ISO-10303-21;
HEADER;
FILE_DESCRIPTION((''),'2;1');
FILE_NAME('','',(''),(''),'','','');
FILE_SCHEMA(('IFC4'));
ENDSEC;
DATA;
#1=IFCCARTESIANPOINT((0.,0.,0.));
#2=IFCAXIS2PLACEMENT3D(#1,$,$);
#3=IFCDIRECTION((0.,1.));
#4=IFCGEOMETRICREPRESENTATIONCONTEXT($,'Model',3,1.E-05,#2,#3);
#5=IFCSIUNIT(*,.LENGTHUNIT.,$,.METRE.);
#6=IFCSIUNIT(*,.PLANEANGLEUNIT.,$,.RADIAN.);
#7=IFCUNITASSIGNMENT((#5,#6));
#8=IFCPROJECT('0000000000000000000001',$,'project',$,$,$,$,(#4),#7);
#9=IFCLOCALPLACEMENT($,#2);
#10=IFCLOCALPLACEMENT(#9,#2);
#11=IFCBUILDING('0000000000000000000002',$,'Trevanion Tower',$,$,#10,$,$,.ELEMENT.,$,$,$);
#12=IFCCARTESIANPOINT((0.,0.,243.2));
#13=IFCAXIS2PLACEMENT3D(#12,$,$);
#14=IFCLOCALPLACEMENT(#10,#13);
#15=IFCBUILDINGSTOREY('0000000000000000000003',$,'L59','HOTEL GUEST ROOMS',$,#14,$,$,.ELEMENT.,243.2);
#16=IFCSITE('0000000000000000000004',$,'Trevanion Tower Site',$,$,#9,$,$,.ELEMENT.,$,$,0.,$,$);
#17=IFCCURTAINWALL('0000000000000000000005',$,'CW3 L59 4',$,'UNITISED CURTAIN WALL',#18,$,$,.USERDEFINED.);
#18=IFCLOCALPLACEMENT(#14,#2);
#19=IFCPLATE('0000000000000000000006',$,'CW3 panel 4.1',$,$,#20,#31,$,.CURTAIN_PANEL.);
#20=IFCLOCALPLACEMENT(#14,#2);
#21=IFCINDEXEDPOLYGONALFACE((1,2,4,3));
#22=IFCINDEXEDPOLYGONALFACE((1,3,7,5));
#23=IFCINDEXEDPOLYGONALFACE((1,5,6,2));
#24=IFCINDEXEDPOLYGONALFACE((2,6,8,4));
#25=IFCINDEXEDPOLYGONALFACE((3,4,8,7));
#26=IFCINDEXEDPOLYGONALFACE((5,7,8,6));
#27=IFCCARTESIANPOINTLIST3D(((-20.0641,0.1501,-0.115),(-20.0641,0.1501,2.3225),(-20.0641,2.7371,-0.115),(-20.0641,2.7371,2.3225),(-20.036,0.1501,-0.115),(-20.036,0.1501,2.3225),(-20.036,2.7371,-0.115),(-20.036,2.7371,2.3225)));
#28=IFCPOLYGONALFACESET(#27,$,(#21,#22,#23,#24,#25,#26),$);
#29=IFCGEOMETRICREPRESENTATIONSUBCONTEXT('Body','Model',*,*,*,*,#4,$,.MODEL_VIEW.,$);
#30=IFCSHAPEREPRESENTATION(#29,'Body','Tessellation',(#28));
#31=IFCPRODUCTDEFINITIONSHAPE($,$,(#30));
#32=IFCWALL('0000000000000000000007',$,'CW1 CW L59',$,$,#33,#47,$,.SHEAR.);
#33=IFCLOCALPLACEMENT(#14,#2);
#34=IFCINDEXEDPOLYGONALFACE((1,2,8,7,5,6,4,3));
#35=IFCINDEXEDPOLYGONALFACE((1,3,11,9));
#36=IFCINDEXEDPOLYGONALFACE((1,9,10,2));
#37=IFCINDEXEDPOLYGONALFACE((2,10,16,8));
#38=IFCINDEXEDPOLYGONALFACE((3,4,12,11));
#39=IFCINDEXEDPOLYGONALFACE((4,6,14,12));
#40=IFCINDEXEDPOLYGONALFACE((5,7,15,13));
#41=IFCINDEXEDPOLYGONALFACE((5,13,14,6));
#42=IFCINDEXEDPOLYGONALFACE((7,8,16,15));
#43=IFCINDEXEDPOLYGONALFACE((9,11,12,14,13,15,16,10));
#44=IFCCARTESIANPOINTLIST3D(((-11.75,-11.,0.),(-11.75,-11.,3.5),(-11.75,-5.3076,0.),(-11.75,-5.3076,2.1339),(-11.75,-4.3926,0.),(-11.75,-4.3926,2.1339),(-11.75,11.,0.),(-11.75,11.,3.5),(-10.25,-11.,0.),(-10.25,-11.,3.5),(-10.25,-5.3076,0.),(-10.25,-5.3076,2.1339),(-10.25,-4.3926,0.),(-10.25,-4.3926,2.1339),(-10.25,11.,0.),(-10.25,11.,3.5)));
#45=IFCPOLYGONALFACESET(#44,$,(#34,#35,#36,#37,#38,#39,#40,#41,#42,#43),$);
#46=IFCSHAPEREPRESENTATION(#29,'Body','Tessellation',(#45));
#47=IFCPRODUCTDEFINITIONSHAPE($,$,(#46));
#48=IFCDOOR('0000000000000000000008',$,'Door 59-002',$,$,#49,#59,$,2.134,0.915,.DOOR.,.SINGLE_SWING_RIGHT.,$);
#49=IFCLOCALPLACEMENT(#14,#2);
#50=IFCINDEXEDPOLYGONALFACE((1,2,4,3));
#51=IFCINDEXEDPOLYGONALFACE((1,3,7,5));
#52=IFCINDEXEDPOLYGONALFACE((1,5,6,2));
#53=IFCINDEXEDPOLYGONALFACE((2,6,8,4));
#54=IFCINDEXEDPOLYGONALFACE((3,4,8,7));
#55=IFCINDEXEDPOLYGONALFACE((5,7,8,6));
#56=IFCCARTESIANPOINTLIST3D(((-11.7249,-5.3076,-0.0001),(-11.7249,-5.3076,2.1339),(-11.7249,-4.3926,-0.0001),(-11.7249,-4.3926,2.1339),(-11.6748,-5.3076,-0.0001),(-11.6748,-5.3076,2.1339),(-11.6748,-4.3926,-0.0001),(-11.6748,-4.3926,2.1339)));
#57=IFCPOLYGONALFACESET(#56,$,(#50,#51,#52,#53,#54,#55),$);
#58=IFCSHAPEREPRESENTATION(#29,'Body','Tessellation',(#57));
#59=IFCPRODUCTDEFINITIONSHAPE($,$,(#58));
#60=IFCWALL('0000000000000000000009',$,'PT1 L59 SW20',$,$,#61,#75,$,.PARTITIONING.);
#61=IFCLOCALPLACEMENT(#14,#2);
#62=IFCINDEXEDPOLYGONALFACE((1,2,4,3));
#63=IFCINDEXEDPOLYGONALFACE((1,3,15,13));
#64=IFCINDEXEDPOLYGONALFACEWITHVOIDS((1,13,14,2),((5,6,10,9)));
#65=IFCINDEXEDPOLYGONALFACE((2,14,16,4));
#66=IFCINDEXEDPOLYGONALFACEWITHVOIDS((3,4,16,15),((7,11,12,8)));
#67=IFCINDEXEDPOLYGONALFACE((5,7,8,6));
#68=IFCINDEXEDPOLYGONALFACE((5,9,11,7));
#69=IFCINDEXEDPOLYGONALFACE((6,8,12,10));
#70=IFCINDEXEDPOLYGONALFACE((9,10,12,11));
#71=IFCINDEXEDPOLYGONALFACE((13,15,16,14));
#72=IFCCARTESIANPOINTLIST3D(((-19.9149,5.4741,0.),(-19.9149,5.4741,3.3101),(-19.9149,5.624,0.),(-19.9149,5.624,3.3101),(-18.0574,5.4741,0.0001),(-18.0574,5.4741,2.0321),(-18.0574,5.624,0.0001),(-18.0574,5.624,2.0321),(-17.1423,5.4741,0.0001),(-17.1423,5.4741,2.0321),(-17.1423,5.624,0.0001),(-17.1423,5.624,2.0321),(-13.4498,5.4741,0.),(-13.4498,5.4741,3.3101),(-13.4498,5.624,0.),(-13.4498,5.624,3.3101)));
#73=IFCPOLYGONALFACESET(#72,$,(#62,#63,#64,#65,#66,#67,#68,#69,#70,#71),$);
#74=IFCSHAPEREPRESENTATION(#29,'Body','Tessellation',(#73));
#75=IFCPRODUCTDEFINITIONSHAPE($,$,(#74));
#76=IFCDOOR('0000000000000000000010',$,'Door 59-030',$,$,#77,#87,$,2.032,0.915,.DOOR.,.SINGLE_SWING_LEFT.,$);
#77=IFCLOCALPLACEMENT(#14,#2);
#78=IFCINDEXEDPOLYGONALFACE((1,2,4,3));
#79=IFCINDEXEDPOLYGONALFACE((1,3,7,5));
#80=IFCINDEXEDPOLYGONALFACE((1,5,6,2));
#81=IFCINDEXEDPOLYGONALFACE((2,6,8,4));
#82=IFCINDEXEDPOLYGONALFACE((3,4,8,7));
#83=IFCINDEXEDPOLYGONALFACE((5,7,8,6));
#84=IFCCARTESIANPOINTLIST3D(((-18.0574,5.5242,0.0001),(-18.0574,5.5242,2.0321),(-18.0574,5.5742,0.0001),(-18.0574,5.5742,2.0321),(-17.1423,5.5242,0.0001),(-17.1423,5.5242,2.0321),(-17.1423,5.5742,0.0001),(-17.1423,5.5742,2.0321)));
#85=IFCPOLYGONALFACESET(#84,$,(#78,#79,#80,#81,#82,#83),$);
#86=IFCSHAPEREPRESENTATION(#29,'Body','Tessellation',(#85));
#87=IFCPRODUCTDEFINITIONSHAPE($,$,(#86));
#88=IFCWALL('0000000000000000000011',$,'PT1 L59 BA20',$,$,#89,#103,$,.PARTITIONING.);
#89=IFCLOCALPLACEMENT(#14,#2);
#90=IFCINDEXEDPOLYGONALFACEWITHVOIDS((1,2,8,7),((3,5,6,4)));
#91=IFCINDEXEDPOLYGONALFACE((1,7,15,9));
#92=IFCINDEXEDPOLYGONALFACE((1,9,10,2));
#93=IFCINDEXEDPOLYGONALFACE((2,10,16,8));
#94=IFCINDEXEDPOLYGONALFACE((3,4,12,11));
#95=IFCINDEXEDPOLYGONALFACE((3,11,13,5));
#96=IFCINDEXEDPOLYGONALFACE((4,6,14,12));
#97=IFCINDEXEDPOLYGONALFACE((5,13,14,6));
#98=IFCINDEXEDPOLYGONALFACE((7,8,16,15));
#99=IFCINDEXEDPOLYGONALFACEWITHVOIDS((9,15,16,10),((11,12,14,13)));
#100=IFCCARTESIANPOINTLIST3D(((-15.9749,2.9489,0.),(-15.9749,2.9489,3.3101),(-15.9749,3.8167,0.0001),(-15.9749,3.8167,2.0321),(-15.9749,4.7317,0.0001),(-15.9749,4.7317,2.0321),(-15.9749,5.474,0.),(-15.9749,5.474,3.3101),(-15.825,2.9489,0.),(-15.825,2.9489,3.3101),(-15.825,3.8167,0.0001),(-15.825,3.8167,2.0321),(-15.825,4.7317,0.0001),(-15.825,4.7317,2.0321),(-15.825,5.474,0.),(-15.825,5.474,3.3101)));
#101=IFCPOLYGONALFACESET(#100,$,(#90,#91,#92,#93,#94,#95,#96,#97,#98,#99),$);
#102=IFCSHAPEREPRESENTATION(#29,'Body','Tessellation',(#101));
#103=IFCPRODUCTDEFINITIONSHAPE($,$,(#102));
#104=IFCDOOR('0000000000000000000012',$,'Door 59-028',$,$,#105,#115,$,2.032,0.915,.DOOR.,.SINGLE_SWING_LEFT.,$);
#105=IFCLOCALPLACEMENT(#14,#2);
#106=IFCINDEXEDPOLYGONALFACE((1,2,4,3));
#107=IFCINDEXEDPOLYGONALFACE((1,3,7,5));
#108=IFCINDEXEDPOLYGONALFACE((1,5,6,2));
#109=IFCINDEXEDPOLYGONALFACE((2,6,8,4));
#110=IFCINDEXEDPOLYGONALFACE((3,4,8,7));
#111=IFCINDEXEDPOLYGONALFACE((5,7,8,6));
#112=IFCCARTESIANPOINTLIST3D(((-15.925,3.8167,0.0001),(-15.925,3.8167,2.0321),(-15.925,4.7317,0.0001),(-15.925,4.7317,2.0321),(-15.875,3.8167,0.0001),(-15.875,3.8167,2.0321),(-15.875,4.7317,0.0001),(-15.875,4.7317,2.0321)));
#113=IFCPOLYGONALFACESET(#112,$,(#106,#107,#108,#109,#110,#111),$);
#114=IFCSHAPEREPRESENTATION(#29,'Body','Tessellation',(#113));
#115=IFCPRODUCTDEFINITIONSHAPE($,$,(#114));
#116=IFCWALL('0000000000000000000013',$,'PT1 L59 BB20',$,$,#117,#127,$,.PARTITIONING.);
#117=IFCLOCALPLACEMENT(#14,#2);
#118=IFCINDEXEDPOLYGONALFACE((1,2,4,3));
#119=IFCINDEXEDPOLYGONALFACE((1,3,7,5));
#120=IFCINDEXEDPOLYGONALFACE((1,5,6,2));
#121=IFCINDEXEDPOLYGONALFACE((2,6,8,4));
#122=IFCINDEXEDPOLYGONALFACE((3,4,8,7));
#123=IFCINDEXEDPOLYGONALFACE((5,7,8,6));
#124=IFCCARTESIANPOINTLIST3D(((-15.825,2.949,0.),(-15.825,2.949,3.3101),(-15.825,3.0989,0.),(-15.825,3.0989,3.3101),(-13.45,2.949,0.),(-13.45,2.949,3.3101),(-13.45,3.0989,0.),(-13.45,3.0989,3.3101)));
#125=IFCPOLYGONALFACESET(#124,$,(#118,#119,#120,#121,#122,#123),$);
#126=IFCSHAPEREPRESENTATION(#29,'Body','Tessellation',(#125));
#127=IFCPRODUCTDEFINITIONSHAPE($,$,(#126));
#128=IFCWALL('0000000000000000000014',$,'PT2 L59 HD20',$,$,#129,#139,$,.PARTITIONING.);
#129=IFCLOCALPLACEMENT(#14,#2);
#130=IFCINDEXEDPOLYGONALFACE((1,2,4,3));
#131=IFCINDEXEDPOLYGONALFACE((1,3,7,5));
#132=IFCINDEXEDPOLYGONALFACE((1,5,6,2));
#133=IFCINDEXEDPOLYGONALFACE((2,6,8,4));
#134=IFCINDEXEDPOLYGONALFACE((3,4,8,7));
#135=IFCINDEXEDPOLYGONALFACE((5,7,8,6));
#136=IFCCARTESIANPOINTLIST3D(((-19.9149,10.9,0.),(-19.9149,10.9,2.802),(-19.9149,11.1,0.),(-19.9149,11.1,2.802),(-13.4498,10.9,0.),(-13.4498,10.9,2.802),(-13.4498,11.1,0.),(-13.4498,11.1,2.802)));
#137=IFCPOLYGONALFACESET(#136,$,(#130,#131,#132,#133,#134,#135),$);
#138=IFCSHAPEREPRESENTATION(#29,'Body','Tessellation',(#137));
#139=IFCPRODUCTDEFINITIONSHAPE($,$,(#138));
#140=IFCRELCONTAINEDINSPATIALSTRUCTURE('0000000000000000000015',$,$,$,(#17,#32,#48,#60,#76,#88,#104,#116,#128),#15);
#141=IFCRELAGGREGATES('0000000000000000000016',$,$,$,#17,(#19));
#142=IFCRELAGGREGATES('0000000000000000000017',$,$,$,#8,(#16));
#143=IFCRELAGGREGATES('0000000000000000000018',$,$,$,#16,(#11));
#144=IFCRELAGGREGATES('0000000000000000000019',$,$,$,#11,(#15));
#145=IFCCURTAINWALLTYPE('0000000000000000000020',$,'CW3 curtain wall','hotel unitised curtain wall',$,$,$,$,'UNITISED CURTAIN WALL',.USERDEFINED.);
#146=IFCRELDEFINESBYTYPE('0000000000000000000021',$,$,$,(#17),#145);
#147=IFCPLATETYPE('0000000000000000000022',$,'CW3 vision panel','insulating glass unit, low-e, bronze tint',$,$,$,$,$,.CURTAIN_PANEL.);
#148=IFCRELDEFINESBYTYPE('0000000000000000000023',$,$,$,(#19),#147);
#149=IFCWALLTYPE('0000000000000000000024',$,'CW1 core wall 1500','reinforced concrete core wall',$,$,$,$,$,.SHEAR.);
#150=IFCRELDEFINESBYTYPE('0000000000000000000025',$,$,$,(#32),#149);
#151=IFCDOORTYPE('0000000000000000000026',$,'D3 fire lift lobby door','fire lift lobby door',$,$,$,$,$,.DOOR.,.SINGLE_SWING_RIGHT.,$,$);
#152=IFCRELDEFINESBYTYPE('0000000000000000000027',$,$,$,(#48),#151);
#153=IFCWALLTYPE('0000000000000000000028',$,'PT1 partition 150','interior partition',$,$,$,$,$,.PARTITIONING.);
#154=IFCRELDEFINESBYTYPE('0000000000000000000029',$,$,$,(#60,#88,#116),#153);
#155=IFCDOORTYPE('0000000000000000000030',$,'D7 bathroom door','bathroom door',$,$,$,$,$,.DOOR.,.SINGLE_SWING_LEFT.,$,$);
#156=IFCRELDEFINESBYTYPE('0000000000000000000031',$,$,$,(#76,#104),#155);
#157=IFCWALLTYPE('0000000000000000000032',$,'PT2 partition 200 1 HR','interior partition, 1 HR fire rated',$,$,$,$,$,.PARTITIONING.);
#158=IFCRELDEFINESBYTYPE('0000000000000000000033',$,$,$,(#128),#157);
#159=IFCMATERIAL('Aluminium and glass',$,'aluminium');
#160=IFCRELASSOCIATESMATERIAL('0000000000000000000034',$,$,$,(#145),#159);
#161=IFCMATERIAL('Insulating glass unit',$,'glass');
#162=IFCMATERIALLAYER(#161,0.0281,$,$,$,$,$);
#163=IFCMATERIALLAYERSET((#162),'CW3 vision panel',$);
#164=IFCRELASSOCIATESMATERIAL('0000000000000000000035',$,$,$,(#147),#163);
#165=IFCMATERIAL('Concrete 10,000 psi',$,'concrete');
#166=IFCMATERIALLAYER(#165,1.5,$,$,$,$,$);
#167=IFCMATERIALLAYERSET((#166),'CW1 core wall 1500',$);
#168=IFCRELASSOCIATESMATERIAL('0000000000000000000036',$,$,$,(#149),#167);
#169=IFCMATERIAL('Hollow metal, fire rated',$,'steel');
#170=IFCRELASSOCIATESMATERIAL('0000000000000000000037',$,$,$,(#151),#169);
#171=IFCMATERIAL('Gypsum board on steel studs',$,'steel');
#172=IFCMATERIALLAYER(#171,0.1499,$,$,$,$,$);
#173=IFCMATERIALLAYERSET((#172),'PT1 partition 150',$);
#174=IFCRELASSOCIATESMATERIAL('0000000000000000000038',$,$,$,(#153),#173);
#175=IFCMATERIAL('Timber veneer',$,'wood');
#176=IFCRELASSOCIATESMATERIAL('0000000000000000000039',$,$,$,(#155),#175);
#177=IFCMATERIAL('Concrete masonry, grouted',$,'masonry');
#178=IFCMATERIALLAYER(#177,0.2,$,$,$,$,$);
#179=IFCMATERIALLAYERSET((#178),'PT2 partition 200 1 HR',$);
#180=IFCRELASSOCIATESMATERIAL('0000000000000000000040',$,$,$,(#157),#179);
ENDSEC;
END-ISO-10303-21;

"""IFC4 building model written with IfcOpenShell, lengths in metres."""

from ifc_helpers import new_model, si_unit, direction, frame, frame_2d, origin, origin_2d, place, context, subcontext, project, spatial, rectangle, extrude, material, layer, layer_set, type_object, element, fill, aggregate, save


model = new_model("IFC4")

# Units and contexts
model_context = context("Model", 3, precision=1e-05, world=origin(), true_north=direction((0.0, 1.0)))
body_context = subcontext(model_context, "Body", "Model", "MODEL_VIEW")
ifc_project = project(units=[si_unit("LENGTHUNIT", "METRE"), si_unit("PLANEANGLEUNIT", "RADIAN")], contexts=[model_context])

# Site, building, storey
site_placement = place(None, origin())
site = spatial("IfcSite", under=ifc_project, at=site_placement, Name="Trevanion Tower Site", CompositionType="ELEMENT", RefElevation=0.0)
building_placement = place(site_placement, origin())
building = spatial("IfcBuilding", under=site, at=building_placement, Name="Trevanion Tower", CompositionType="ELEMENT")
storey_placement = place(building_placement, frame((0.0, 0.0, 243.2)))
storey = spatial("IfcBuildingStorey", under=building, at=storey_placement, Name="L59", Description="HOTEL GUEST ROOMS", CompositionType="ELEMENT", Elevation=243.2)

# Curtain wall
ifc_material_1 = material(Name="Aluminium and glass", Category="aluminium")
curtain_wall_type = type_object("IfcCurtainWallType", Name="CW3 curtain wall", Description="hotel unitised curtain wall", ElementType="UNITISED CURTAIN WALL", PredefinedType="USERDEFINED", material=ifc_material_1)
curtain_wall_placement = place(storey_placement, origin())
curtain_wall = element("IfcCurtainWall", 1, at=curtain_wall_placement, inside=storey, type_object=curtain_wall_type, Name="CW3 L59 4", ObjectType="UNITISED CURTAIN WALL", PredefinedType="USERDEFINED")

# Plate
ifc_material_2 = material(Name="Insulating glass unit", Category="glass")
ifc_layer_1 = layer(ifc_material_2, 0.0281)
ifc_layer_set_1 = layer_set([ifc_layer_1], Name="CW3 vision panel")
plate_type_1 = type_object("IfcPlateType", Name="CW3 vision panel", Description="insulating glass unit, low-e, bronze tint", PredefinedType="CURTAIN_PANEL", material=ifc_layer_set_1)
plate_1_placement = place(storey_placement, frame((-20.05, 1.4436, -0.115), z_axis=(0.0, 0.0, 1.0), x_axis=(0.0, -1.0, 0.0)))
plate_1 = element("IfcPlate", 2, at=plate_1_placement, type_object=plate_type_1, Name="CW3 panel 4.1", PredefinedType="CURTAIN_PANEL", context=body_context, shape_type="SweptSolid", body=[
    extrude(rectangle(XDim=2.5869, YDim=0.0281, at=origin_2d()), origin(), (0.0, 0.0, 1.0), 2.4375),
])
aggregate(curtain_wall, [plate_1])

# Walls, openings, doors
ifc_material_3 = material(Name="Concrete 10,000 psi", Category="concrete")
ifc_layer_2 = layer(ifc_material_3, 1.5)
ifc_layer_set_2 = layer_set([ifc_layer_2], Name="CW1 core wall 1500")
wall_type_1 = type_object("IfcWallType", Name="CW1 core wall 1500", Description="reinforced concrete core wall", PredefinedType="SHEAR", material=ifc_layer_set_2)
wall_1_placement = place(storey_placement, frame((-11.0, 11.0, 0.0), z_axis=(0.0, 0.0, 1.0), x_axis=(0.0, -1.0, 0.0)))
wall_1 = element("IfcWall", 3, at=wall_1_placement, inside=storey, type_object=wall_type_1, Name="CW1 CW L59", PredefinedType="SHEAR", context=body_context, shape_type="SweptSolid", body=[
    extrude(rectangle(XDim=22.0, YDim=1.5, at=frame_2d((11.0, 0.0))), origin(), (0.0, 0.0, 1.0), 3.5),
])
opening_1_placement = place(wall_1_placement, frame((15.3926, 0.0, 0.0)))
opening_1 = element("IfcOpeningElement", 4, at=opening_1_placement, cuts=wall_1, PredefinedType="OPENING", context=body_context, shape_type="SweptSolid", body=[
    extrude(rectangle(XDim=0.915, YDim=2.134, at=frame_2d((0.4575, 1.0669))), frame((0.0, 0.76, 0.0), z_axis=(0.0, -1.0, 0.0), x_axis=(1.0, 0.0, 0.0)), (0.0, 0.0, 1.0), 1.52),
])
ifc_material_4 = material(Name="Hollow metal, fire rated", Category="steel")
door_type_1 = type_object("IfcDoorType", Name="D3 fire lift lobby door", Description="fire lift lobby door", OperationType="SINGLE_SWING_RIGHT", PredefinedType="DOOR", material=ifc_material_4)
door_1_placement = place(opening_1_placement, origin())
door_1 = element("IfcDoor", 5, at=door_1_placement, inside=storey, type_object=door_type_1, Name="Door 59-002", OperationType="SINGLE_SWING_RIGHT", OverallHeight=2.134, OverallWidth=0.915, PredefinedType="DOOR", context=body_context, shape_type="SweptSolid", body=[
    extrude(rectangle(XDim=0.915, YDim=2.134, at=frame_2d((0.4575, 1.0669))), frame((0.0, -0.6748, 0.0), z_axis=(0.0, -1.0, 0.0), x_axis=(1.0, 0.0, 0.0)), (0.0, 0.0, 1.0), 0.05),
])
fill(opening_1, door_1)
ifc_material_5 = material(Name="Gypsum board on steel studs", Category="steel")
ifc_layer_3 = layer(ifc_material_5, 0.1499)
ifc_layer_set_3 = layer_set([ifc_layer_3], Name="PT1 partition 150")
wall_type_2 = type_object("IfcWallType", Name="PT1 partition 150", Description="interior partition", PredefinedType="PARTITIONING", material=ifc_layer_set_3)
wall_2_placement = place(storey_placement, frame((-13.45, 5.5491, 0.0), z_axis=(0.0, 0.0, 1.0), x_axis=(-1.0, 0.0, 0.0)))
wall_2 = element("IfcWall", 6, at=wall_2_placement, inside=storey, type_object=wall_type_2, Name="PT1 L59 SW20", PredefinedType="PARTITIONING", context=body_context, shape_type="SweptSolid", body=[
    extrude(rectangle(XDim=6.4651, YDim=0.1499, at=frame_2d((3.2324, 0.0))), origin(), (0.0, 0.0, 1.0), 3.3101),
])
opening_2_placement = place(wall_2_placement, frame((3.6924, 0.0, 0.0)))
opening_2 = element("IfcOpeningElement", 7, at=opening_2_placement, cuts=wall_2, PredefinedType="OPENING", context=body_context, shape_type="SweptSolid", body=[
    extrude(rectangle(XDim=0.915, YDim=2.032, at=frame_2d((0.4575, 1.0161))), frame((0.0, 0.085, 0.0), z_axis=(0.0, -1.0, 0.0), x_axis=(1.0, 0.0, 0.0)), (0.0, 0.0, 1.0), 0.1699),
])
ifc_material_6 = material(Name="Timber veneer", Category="wood")
door_type_2 = type_object("IfcDoorType", Name="D7 bathroom door", Description="bathroom door", OperationType="SINGLE_SWING_LEFT", PredefinedType="DOOR", material=ifc_material_6)
door_2_placement = place(opening_2_placement, origin())
door_2 = element("IfcDoor", 8, at=door_2_placement, inside=storey, type_object=door_type_2, Name="Door 59-030", OperationType="SINGLE_SWING_LEFT", OverallHeight=2.032, OverallWidth=0.915, PredefinedType="DOOR", context=body_context, shape_type="SweptSolid", body=[
    extrude(rectangle(XDim=0.915, YDim=2.032, at=frame_2d((0.4575, 1.0161))), frame((0.0, 0.0249, 0.0), z_axis=(0.0, -1.0, 0.0), x_axis=(1.0, 0.0, 0.0)), (0.0, 0.0, 1.0), 0.05),
])
fill(opening_2, door_2)
wall_3_placement = place(storey_placement, frame((-15.8999, 5.4741, 0.0), z_axis=(0.0, 0.0, 1.0), x_axis=(0.0, -1.0, 0.0)))
wall_3 = element("IfcWall", 9, at=wall_3_placement, inside=storey, type_object=wall_type_2, Name="PT1 L59 BA20", PredefinedType="PARTITIONING", context=body_context, shape_type="SweptSolid", body=[
    extrude(rectangle(XDim=2.5251, YDim=0.1499, at=frame_2d((1.2627, 0.0))), origin(), (0.0, 0.0, 1.0), 3.3101),
])
opening_3_placement = place(wall_3_placement, frame((0.7424, 0.0, 0.0)))
opening_3 = element("IfcOpeningElement", 10, at=opening_3_placement, cuts=wall_3, PredefinedType="OPENING", context=body_context, shape_type="SweptSolid", body=[
    extrude(rectangle(XDim=0.915, YDim=2.032, at=frame_2d((0.4575, 1.0161))), frame((0.0, 0.085, 0.0), z_axis=(0.0, -1.0, 0.0), x_axis=(1.0, 0.0, 0.0)), (0.0, 0.0, 1.0), 0.1699),
])
door_3_placement = place(opening_3_placement, origin())
door_3 = element("IfcDoor", 11, at=door_3_placement, inside=storey, type_object=door_type_2, Name="Door 59-028", OperationType="SINGLE_SWING_LEFT", OverallHeight=2.032, OverallWidth=0.915, PredefinedType="DOOR", context=body_context, shape_type="SweptSolid", body=[
    extrude(rectangle(XDim=0.915, YDim=2.032, at=frame_2d((0.4575, 1.0161))), frame((0.0, 0.0249, 0.0), z_axis=(0.0, -1.0, 0.0), x_axis=(1.0, 0.0, 0.0)), (0.0, 0.0, 1.0), 0.05),
])
fill(opening_3, door_3)

# Walls
wall_4_placement = place(storey_placement, frame((-13.45, 3.0239, 0.0), z_axis=(0.0, 0.0, 1.0), x_axis=(-1.0, 0.0, 0.0)))
element("IfcWall", 12, at=wall_4_placement, inside=storey, type_object=wall_type_2, Name="PT1 L59 BB20", PredefinedType="PARTITIONING", context=body_context, shape_type="SweptSolid", body=[
    extrude(rectangle(XDim=2.375, YDim=0.1499, at=frame_2d((1.1875, 0.0))), origin(), (0.0, 0.0, 1.0), 3.3101),
])
ifc_material_7 = material(Name="Concrete masonry, grouted", Category="masonry")
ifc_layer_4 = layer(ifc_material_7, 0.2)
ifc_layer_set_4 = layer_set([ifc_layer_4], Name="PT2 partition 200 1 HR")
wall_type_3 = type_object("IfcWallType", Name="PT2 partition 200 1 HR", Description="interior partition, 1 HR fire rated", PredefinedType="PARTITIONING", material=ifc_layer_set_4)
wall_5_placement = place(storey_placement, frame((-13.45, 11.0, 0.0), z_axis=(0.0, 0.0, 1.0), x_axis=(-1.0, 0.0, 0.0)))
element("IfcWall", 13, at=wall_5_placement, inside=storey, type_object=wall_type_3, Name="PT2 L59 HD20", PredefinedType="PARTITIONING", context=body_context, shape_type="SweptSolid", body=[
    extrude(rectangle(XDim=6.4651, YDim=0.2, at=frame_2d((3.2324, 0.0))), origin(), (0.0, 0.0, 1.0), 2.802),
])

save(model, "model.ifc")
